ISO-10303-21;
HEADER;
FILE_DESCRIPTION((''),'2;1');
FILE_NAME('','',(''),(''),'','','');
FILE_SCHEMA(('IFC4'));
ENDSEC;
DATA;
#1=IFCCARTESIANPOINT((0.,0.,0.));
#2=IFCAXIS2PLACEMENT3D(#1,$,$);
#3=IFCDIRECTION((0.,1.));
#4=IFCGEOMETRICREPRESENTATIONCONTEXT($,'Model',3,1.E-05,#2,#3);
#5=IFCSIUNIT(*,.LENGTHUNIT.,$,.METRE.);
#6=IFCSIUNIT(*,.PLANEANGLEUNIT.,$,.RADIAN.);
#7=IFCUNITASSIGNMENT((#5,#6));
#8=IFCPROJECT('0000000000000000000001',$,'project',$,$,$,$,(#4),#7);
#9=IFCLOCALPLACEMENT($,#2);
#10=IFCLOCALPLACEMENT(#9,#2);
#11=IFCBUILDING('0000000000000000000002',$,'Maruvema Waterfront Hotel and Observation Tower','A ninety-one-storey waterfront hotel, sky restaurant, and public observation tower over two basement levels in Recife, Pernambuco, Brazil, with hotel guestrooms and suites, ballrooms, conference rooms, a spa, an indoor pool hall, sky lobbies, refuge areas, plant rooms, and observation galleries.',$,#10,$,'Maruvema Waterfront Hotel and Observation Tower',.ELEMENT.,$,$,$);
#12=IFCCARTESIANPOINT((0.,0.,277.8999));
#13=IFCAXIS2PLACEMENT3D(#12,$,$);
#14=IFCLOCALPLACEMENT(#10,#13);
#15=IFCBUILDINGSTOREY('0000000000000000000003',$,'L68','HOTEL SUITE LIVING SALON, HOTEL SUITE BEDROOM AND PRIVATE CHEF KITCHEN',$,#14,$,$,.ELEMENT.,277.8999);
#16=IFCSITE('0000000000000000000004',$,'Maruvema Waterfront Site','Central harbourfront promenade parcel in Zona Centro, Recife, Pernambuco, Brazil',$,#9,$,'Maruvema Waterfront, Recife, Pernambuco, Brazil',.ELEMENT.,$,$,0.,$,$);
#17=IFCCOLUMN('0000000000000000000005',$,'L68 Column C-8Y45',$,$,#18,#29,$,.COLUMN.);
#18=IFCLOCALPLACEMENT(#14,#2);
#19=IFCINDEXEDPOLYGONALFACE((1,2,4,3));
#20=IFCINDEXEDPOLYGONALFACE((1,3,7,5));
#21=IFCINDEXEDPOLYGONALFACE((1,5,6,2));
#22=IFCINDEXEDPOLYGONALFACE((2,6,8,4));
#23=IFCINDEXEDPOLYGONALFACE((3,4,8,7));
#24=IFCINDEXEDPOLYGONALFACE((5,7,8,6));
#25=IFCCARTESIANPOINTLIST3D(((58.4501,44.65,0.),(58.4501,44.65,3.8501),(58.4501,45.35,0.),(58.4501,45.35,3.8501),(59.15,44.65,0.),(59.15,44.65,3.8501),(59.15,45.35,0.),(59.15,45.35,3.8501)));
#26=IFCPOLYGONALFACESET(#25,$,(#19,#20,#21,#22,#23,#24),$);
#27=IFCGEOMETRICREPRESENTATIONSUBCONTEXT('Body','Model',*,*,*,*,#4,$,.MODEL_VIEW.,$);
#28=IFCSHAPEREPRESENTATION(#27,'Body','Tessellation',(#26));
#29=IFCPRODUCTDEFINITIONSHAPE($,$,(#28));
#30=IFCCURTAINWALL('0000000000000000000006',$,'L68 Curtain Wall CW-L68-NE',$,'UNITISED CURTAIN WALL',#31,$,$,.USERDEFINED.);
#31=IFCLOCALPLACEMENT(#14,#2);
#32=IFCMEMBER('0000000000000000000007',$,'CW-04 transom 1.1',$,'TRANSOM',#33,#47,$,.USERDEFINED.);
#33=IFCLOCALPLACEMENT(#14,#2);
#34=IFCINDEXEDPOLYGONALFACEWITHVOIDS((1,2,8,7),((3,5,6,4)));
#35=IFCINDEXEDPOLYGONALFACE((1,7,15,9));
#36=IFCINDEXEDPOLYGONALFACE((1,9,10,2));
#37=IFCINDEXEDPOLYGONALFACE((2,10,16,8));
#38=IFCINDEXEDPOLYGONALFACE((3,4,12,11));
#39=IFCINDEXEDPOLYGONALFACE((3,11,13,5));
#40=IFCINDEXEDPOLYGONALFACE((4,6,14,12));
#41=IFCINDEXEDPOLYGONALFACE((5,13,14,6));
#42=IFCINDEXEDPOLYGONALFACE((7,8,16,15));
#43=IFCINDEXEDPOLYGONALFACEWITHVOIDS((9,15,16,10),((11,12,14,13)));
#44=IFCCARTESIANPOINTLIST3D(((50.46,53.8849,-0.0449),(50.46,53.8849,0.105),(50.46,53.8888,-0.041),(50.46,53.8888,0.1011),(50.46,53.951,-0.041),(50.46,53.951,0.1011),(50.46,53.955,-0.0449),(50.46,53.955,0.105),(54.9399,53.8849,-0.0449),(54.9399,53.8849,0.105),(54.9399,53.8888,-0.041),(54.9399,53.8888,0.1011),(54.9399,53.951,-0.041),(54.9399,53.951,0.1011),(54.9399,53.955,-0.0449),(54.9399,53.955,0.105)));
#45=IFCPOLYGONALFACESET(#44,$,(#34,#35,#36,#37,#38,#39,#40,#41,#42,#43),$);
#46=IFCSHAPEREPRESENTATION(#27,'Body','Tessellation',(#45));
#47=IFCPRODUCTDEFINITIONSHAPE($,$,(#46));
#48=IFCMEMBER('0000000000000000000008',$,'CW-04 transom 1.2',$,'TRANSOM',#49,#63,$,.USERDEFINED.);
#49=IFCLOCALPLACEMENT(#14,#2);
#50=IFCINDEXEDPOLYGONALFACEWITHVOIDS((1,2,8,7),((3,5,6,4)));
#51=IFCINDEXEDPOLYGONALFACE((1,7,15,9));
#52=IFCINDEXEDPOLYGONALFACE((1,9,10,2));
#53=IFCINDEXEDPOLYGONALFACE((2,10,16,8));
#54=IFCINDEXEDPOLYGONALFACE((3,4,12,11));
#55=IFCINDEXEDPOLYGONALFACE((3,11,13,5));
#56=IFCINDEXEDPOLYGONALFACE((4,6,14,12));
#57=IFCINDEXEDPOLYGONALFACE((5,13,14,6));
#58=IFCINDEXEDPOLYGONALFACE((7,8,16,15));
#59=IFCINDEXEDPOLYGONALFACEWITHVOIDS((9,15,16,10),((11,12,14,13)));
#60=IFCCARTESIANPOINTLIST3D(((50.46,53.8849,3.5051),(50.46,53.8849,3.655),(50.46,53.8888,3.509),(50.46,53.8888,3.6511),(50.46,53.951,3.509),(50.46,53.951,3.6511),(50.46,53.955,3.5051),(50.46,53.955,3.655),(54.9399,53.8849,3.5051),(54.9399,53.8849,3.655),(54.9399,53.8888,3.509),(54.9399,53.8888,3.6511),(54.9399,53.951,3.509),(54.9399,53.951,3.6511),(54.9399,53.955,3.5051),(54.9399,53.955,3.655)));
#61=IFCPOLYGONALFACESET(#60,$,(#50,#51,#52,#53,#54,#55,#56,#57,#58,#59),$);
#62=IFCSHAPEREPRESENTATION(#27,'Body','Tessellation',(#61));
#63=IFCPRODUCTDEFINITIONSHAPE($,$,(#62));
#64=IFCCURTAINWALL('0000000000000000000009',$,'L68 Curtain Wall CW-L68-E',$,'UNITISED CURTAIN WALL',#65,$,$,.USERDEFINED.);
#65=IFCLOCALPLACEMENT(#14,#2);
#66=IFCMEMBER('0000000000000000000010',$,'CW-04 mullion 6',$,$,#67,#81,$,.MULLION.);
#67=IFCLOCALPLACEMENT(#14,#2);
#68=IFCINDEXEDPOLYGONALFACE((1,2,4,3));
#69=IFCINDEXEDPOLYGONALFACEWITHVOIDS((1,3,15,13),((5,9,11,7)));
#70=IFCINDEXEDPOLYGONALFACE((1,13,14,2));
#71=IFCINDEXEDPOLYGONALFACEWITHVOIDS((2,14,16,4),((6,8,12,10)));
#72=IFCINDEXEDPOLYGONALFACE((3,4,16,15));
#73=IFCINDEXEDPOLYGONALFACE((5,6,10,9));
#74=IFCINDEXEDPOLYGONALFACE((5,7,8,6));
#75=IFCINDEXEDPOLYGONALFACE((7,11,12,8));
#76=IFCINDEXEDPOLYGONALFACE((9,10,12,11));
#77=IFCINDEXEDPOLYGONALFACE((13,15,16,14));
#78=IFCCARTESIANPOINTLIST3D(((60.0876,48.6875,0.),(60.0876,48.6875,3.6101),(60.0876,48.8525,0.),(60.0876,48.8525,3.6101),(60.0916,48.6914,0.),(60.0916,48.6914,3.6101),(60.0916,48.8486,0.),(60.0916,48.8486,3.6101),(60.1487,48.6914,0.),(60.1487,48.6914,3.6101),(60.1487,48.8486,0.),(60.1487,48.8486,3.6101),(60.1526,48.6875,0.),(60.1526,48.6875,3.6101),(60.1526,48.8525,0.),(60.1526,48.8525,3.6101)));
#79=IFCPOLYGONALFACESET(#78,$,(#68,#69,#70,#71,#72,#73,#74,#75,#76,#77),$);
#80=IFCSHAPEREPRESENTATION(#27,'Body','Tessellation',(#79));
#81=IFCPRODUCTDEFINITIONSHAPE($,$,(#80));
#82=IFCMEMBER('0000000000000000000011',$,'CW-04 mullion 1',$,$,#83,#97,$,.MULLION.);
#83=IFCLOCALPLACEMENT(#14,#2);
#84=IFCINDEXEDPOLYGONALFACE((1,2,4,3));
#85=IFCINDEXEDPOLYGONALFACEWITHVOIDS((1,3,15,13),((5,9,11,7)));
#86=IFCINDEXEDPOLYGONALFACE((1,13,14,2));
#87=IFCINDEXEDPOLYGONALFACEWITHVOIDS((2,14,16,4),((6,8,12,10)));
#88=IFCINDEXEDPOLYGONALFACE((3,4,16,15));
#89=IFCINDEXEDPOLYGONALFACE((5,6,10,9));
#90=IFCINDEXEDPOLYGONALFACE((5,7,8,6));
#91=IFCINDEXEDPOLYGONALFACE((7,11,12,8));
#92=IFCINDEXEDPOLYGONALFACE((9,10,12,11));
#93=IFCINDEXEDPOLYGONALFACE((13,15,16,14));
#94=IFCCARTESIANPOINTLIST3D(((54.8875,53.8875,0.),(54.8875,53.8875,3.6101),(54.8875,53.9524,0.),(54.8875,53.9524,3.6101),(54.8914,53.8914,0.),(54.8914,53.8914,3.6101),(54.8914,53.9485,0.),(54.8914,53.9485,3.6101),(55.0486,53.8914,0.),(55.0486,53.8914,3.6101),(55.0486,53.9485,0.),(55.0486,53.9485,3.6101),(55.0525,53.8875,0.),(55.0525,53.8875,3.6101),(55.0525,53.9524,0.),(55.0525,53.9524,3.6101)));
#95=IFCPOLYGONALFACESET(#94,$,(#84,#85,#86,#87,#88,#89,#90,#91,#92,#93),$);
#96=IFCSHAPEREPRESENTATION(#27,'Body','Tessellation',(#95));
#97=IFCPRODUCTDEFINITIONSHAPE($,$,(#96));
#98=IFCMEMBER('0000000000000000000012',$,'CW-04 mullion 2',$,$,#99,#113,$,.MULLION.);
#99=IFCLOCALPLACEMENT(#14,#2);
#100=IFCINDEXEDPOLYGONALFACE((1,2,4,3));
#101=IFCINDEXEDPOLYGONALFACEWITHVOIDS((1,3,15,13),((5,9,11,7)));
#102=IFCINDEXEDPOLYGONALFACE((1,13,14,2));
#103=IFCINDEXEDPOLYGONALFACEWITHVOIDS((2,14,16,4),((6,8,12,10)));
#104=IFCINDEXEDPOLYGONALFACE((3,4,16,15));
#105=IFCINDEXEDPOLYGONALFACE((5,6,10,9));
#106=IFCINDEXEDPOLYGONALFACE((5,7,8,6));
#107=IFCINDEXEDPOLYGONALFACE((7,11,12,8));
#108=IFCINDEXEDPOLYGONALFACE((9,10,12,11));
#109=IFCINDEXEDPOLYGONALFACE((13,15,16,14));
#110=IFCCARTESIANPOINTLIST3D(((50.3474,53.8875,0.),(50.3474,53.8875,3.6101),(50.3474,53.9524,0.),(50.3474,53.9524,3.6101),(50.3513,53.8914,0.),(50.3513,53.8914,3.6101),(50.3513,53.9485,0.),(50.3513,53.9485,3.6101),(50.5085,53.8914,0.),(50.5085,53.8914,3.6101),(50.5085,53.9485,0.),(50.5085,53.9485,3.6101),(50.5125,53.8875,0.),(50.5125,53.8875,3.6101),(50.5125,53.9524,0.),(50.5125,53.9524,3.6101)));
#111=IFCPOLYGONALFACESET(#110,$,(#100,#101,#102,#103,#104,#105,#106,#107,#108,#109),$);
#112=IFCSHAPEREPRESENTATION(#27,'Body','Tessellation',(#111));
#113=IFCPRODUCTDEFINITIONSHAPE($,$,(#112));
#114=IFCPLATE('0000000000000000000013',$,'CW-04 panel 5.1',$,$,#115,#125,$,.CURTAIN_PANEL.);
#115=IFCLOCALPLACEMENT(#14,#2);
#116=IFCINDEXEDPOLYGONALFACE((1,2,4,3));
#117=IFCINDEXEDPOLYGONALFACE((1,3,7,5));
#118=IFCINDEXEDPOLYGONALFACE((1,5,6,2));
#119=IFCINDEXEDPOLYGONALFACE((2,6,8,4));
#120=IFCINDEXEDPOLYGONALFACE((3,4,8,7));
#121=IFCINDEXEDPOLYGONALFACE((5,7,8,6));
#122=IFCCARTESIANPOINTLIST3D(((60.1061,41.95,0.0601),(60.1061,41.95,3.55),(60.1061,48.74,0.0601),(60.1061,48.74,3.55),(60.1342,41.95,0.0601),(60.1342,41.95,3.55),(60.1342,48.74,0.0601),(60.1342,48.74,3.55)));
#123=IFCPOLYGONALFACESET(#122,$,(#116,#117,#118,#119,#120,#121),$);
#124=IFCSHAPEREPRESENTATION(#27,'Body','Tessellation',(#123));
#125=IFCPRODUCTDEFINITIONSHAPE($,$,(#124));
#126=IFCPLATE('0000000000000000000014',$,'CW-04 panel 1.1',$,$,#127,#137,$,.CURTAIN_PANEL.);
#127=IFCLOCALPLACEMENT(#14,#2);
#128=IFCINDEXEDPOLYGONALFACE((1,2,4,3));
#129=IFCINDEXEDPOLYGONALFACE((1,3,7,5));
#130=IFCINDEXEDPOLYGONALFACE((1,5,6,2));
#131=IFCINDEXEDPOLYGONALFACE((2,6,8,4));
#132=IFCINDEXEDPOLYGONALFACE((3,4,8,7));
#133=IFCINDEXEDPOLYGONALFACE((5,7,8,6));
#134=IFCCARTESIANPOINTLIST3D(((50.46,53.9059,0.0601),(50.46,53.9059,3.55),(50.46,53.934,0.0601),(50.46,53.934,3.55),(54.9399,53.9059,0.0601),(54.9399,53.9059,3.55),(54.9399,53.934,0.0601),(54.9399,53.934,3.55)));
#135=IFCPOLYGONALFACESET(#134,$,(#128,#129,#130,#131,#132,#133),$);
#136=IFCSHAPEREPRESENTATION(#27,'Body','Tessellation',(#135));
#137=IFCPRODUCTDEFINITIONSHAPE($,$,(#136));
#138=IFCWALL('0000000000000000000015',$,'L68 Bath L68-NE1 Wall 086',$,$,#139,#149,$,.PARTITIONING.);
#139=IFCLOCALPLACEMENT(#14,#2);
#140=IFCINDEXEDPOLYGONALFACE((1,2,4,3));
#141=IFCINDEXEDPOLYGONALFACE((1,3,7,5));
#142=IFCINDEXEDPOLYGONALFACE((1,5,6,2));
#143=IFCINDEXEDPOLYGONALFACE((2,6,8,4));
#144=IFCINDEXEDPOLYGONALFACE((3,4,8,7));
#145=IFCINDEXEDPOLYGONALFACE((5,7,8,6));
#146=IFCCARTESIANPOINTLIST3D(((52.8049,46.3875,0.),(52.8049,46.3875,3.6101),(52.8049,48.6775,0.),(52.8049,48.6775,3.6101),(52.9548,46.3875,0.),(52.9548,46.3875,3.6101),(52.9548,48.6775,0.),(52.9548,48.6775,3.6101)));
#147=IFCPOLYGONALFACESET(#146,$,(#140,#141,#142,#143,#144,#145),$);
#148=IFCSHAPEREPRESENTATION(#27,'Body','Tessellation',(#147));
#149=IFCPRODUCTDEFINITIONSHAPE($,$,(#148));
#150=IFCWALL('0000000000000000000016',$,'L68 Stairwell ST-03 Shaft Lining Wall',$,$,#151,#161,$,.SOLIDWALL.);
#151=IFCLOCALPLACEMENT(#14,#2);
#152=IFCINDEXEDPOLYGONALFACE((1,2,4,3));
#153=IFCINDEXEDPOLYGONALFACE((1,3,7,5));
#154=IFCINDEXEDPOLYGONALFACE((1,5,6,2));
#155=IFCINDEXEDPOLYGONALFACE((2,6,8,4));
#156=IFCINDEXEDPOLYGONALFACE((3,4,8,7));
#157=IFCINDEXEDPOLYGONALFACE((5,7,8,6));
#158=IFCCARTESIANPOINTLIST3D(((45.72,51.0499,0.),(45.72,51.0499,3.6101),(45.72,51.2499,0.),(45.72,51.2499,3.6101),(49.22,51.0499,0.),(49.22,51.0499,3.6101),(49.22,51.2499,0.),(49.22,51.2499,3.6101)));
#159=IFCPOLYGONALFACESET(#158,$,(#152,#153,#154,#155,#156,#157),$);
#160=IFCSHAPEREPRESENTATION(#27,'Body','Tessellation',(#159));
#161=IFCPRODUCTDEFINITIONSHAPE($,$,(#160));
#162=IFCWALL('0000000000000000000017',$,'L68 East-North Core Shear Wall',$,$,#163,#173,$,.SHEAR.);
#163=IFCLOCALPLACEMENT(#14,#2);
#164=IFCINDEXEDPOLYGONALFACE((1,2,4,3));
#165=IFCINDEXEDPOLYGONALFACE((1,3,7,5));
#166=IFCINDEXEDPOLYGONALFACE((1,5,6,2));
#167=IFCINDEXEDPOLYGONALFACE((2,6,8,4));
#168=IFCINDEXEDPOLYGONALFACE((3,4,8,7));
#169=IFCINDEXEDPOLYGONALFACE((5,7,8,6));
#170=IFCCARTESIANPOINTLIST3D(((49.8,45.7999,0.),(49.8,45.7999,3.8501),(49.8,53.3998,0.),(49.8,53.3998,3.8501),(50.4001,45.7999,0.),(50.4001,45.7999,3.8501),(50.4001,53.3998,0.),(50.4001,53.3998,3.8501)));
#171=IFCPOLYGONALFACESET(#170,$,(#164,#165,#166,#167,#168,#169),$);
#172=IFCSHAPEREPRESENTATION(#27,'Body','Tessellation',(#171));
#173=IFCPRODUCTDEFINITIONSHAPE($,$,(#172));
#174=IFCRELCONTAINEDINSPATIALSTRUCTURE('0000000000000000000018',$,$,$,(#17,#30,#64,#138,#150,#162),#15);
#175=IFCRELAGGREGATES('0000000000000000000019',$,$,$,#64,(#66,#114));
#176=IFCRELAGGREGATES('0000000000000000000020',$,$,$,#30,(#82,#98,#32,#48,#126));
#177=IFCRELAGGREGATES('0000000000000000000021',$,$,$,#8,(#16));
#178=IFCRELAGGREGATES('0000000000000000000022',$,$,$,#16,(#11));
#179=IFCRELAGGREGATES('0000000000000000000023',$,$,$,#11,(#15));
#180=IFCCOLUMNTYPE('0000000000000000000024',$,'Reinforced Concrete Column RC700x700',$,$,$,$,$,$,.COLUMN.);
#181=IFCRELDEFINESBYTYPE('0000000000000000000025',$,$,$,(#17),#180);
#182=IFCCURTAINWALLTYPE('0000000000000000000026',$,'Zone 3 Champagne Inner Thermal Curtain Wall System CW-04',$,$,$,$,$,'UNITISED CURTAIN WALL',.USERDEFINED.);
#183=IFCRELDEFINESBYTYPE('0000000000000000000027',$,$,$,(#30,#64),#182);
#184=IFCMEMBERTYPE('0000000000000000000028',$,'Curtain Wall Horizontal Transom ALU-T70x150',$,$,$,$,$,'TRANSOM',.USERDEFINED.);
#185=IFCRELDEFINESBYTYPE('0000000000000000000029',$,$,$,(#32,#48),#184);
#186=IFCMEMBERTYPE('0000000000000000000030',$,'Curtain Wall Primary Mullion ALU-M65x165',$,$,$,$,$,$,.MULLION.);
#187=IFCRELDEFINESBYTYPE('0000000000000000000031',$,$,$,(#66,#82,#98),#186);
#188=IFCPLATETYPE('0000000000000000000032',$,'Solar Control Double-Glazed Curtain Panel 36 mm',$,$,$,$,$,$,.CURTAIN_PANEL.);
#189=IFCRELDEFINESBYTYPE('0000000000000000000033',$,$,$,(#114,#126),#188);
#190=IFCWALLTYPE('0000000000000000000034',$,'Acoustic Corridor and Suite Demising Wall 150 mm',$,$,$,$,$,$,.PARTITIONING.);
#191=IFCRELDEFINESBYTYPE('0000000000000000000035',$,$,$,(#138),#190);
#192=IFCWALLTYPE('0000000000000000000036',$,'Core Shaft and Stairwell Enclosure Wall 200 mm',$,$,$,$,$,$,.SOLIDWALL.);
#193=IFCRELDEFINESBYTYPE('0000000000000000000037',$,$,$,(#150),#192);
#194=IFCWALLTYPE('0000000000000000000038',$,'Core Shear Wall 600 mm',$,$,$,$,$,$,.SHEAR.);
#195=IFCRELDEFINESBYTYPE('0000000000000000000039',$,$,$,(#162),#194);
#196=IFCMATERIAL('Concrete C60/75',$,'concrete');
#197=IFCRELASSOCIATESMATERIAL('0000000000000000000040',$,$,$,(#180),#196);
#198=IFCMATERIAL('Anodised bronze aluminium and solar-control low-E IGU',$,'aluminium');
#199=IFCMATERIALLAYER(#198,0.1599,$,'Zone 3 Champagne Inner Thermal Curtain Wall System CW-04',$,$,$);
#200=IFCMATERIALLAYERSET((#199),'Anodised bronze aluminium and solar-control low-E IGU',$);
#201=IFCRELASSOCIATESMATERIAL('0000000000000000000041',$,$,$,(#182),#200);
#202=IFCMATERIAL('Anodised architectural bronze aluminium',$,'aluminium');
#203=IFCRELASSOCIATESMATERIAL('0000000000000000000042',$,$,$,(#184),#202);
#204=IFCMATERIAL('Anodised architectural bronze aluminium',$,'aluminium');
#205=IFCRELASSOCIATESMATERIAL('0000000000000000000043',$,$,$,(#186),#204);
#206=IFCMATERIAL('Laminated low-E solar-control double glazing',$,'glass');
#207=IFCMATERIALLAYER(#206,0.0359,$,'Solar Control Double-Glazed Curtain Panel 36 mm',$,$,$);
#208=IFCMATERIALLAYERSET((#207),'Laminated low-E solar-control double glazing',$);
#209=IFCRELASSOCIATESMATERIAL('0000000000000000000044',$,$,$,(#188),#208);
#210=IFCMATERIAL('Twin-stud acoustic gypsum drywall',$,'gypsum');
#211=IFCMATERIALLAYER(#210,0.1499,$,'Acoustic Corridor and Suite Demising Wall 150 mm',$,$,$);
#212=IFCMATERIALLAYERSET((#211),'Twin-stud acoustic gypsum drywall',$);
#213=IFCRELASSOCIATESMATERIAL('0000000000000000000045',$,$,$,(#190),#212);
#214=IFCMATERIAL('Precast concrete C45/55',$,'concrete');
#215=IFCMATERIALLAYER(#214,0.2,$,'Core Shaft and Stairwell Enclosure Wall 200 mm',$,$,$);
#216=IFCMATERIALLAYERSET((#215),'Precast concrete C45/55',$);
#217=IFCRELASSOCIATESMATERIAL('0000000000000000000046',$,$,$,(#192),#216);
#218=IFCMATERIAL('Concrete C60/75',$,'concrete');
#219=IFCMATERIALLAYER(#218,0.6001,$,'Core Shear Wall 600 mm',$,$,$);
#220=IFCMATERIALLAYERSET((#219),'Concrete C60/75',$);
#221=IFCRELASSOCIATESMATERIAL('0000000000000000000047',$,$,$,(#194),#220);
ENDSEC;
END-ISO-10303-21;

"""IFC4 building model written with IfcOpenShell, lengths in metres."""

from ifc_helpers import new_model, si_unit, direction, frame, frame_2d, origin, origin_2d, place, context, subcontext, project, spatial, rectangle, hollow_rectangle, extrude, material, layer, layer_set, material_profile, profile_set, type_object, element, aggregate, save


model = new_model("IFC4")

# Units and contexts
model_context = context("Model", 3, precision=1e-05, world=origin(), true_north=direction((0.0, 1.0)))
body_context = subcontext(model_context, "Body", "Model", "MODEL_VIEW")
ifc_project = project(units=[si_unit("LENGTHUNIT", "METRE"), si_unit("PLANEANGLEUNIT", "RADIAN")], contexts=[model_context])

# Site, building, storey
site_placement = place(None, origin())
site = spatial("IfcSite", under=ifc_project, at=site_placement, Name="Maruvema Waterfront Site", Description="Central harbourfront promenade parcel in Zona Centro, Recife, Pernambuco, Brazil", LongName="Maruvema Waterfront, Recife, Pernambuco, Brazil", CompositionType="ELEMENT", RefElevation=0.0)
building_placement = place(site_placement, origin())
building = spatial("IfcBuilding", under=site, at=building_placement, Name="Maruvema Waterfront Hotel and Observation Tower", Description="A ninety-one-storey waterfront hotel, sky restaurant, and public observation tower over two basement levels in Recife, Pernambuco, Brazil, with hotel guestrooms and suites, ballrooms, conference rooms, a spa, an indoor pool hall, sky lobbies, refuge areas, plant rooms, and observation galleries.", LongName="Maruvema Waterfront Hotel and Observation Tower", CompositionType="ELEMENT")
storey_placement = place(building_placement, frame((0.0, 0.0, 277.8999)))
storey = spatial("IfcBuildingStorey", under=building, at=storey_placement, Name="L68", Description="HOTEL SUITE LIVING SALON, HOTEL SUITE BEDROOM AND PRIVATE CHEF KITCHEN", CompositionType="ELEMENT", Elevation=277.8999)

# Column
ifc_material_1 = material(Name="Concrete C60/75", Category="concrete")
ifc_material_profile_1 = material_profile(ifc_material_1, rectangle(XDim=0.7, YDim=0.7, at=origin_2d()), Name="RC700x700")
ifc_profile_set_1 = profile_set([ifc_material_profile_1], Name="Concrete C60/75")
column_type = type_object("IfcColumnType", Name="Reinforced Concrete Column RC700x700", PredefinedType="COLUMN", material=ifc_profile_set_1)
column_placement = place(storey_placement, frame((58.8, 45.0, 0.0), z_axis=(0.0, 0.0, 1.0), x_axis=(1.0, 0.0, 0.0)))
element("IfcColumn", 1, at=column_placement, inside=storey, type_object=column_type, Name="L68 Column C-8Y45", PredefinedType="COLUMN", context=body_context, shape_type="SweptSolid", body=[
    extrude(rectangle(XDim=0.7, YDim=0.7, at=origin_2d()), origin(), (0.0, 0.0, 1.0), 3.8501),
])

# Curtain wall, members
ifc_material_2 = material(Name="Anodised bronze aluminium and solar-control low-E IGU", Category="aluminium")
ifc_layer_1 = layer(ifc_material_2, 0.1599, Name="Zone 3 Champagne Inner Thermal Curtain Wall System CW-04")
ifc_layer_set_1 = layer_set([ifc_layer_1], Name="Anodised bronze aluminium and solar-control low-E IGU")
curtain_wall_type = type_object("IfcCurtainWallType", Name="Zone 3 Champagne Inner Thermal Curtain Wall System CW-04", ElementType="UNITISED CURTAIN WALL", PredefinedType="USERDEFINED", material=ifc_layer_set_1)
curtain_wall_1_placement = place(storey_placement, origin())
curtain_wall_1 = element("IfcCurtainWall", 2, at=curtain_wall_1_placement, inside=storey, type_object=curtain_wall_type, Name="L68 Curtain Wall CW-L68-NE", ObjectType="UNITISED CURTAIN WALL", PredefinedType="USERDEFINED")
ifc_material_3 = material(Name="Anodised architectural bronze aluminium", Category="aluminium")
ifc_material_profile_2 = material_profile(ifc_material_3, hollow_rectangle(XDim=0.0701, YDim=0.1499, WallThickness=0.0039, at=origin_2d()), Name="ALU-T70x150")
ifc_profile_set_2 = profile_set([ifc_material_profile_2], Name="Anodised architectural bronze aluminium")
member_type_1 = type_object("IfcMemberType", Name="Curtain Wall Horizontal Transom ALU-T70x150", ElementType="TRANSOM", PredefinedType="USERDEFINED", material=ifc_profile_set_2)
member_1_placement = place(storey_placement, frame((54.9399, 53.9199, 0.03), z_axis=(-1.0, 0.0, 0.0), x_axis=(0.0, -1.0, 0.0)))
member_1 = element("IfcMember", 3, at=member_1_placement, type_object=member_type_1, Name="CW-04 transom 1.1", ObjectType="TRANSOM", PredefinedType="USERDEFINED", context=body_context, shape_type="SweptSolid", body=[
    extrude(hollow_rectangle(XDim=0.0701, YDim=0.1499, WallThickness=0.0039, at=origin_2d()), origin(), (0.0, 0.0, 1.0), 4.48),
])
member_2_placement = place(storey_placement, frame((54.9399, 53.9199, 3.5801), z_axis=(-1.0, 0.0, 0.0), x_axis=(0.0, -1.0, 0.0)))
member_2 = element("IfcMember", 4, at=member_2_placement, type_object=member_type_1, Name="CW-04 transom 1.2", ObjectType="TRANSOM", PredefinedType="USERDEFINED", context=body_context, shape_type="SweptSolid", body=[
    extrude(hollow_rectangle(XDim=0.0701, YDim=0.1499, WallThickness=0.0039, at=origin_2d()), origin(), (0.0, 0.0, 1.0), 4.48),
])

# Curtain wall, member
curtain_wall_2_placement = place(storey_placement, origin())
curtain_wall_2 = element("IfcCurtainWall", 5, at=curtain_wall_2_placement, inside=storey, type_object=curtain_wall_type, Name="L68 Curtain Wall CW-L68-E", ObjectType="UNITISED CURTAIN WALL", PredefinedType="USERDEFINED")
ifc_material_4 = material(Name="Anodised architectural bronze aluminium", Category="aluminium")
ifc_material_profile_3 = material_profile(ifc_material_4, hollow_rectangle(XDim=0.0649, YDim=0.165, WallThickness=0.0039, at=origin_2d()), Name="ALU-M65x165")
ifc_profile_set_3 = profile_set([ifc_material_profile_3], Name="Anodised architectural bronze aluminium")
member_type_2 = type_object("IfcMemberType", Name="Curtain Wall Primary Mullion ALU-M65x165", PredefinedType="MULLION", material=ifc_profile_set_3)
member_3_placement = place(storey_placement, frame((60.1201, 48.77, 0.0), z_axis=(0.0, 0.0, 1.0), x_axis=(-1.0, 0.0, 0.0)))
member_3 = element("IfcMember", 6, at=member_3_placement, type_object=member_type_2, Name="CW-04 mullion 6", PredefinedType="MULLION", context=body_context, shape_type="SweptSolid", body=[
    extrude(hollow_rectangle(XDim=0.0649, YDim=0.165, WallThickness=0.0039, at=origin_2d()), origin(), (0.0, 0.0, 1.0), 3.6101),
])

# Members
member_4_placement = place(storey_placement, frame((54.97, 53.9199, 0.0), z_axis=(0.0, 0.0, 1.0), x_axis=(0.0, -1.0, 0.0)))
member_4 = element("IfcMember", 7, at=member_4_placement, type_object=member_type_2, Name="CW-04 mullion 1", PredefinedType="MULLION", context=body_context, shape_type="SweptSolid", body=[
    extrude(hollow_rectangle(XDim=0.0649, YDim=0.165, WallThickness=0.0039, at=origin_2d()), origin(), (0.0, 0.0, 1.0), 3.6101),
])
member_5_placement = place(storey_placement, frame((50.4299, 53.9199, 0.0), z_axis=(0.0, 0.0, 1.0), x_axis=(0.0, -1.0, 0.0)))
member_5 = element("IfcMember", 8, at=member_5_placement, type_object=member_type_2, Name="CW-04 mullion 2", PredefinedType="MULLION", context=body_context, shape_type="SweptSolid", body=[
    extrude(hollow_rectangle(XDim=0.0649, YDim=0.165, WallThickness=0.0039, at=origin_2d()), origin(), (0.0, 0.0, 1.0), 3.6101),
])

# Plates
ifc_material_5 = material(Name="Laminated low-E solar-control double glazing", Category="glass")
ifc_layer_2 = layer(ifc_material_5, 0.0359, Name="Solar Control Double-Glazed Curtain Panel 36 mm")
ifc_layer_set_2 = layer_set([ifc_layer_2], Name="Laminated low-E solar-control double glazing")
plate_type = type_object("IfcPlateType", Name="Solar Control Double-Glazed Curtain Panel 36 mm", PredefinedType="CURTAIN_PANEL", material=ifc_layer_set_2)
plate_1_placement = place(storey_placement, frame((60.1201, 45.345, 0.0601), z_axis=(0.0, 0.0, 1.0), x_axis=(0.0, 1.0, 0.0)))
plate_1 = element("IfcPlate", 9, at=plate_1_placement, type_object=plate_type, Name="CW-04 panel 5.1", PredefinedType="CURTAIN_PANEL", context=body_context, shape_type="SweptSolid", body=[
    extrude(rectangle(XDim=6.79, YDim=0.0281, at=origin_2d()), origin(), (0.0, 0.0, 1.0), 3.49),
])
aggregate(curtain_wall_2, [member_3, plate_1])
plate_2_placement = place(storey_placement, frame((52.7, 53.9199, 0.0601), z_axis=(0.0, 0.0, 1.0), x_axis=(-1.0, 0.0, 0.0)))
plate_2 = element("IfcPlate", 10, at=plate_2_placement, type_object=plate_type, Name="CW-04 panel 1.1", PredefinedType="CURTAIN_PANEL", context=body_context, shape_type="SweptSolid", body=[
    extrude(rectangle(XDim=4.48, YDim=0.0281, at=origin_2d()), origin(), (0.0, 0.0, 1.0), 3.49),
])
aggregate(curtain_wall_1, [member_4, member_5, member_1, member_2, plate_2])

# Walls
ifc_material_6 = material(Name="Twin-stud acoustic gypsum drywall", Category="gypsum")
ifc_layer_3 = layer(ifc_material_6, 0.1499, Name="Acoustic Corridor and Suite Demising Wall 150 mm")
ifc_layer_set_3 = layer_set([ifc_layer_3], Name="Twin-stud acoustic gypsum drywall")
wall_type_1 = type_object("IfcWallType", Name="Acoustic Corridor and Suite Demising Wall 150 mm", PredefinedType="PARTITIONING", material=ifc_layer_set_3)
wall_1_placement = place(storey_placement, frame((52.8799, 46.3875, 0.0), z_axis=(0.0, 0.0, 1.0), x_axis=(0.0, 1.0, 0.0)))
element("IfcWall", 11, at=wall_1_placement, inside=storey, type_object=wall_type_1, Name="L68 Bath L68-NE1 Wall 086", PredefinedType="PARTITIONING", context=body_context, shape_type="SweptSolid", body=[
    extrude(rectangle(XDim=2.29, YDim=0.1499, at=frame_2d((1.145, 0.0))), origin(), (0.0, 0.0, 1.0), 3.6101),
])
ifc_material_7 = material(Name="Precast concrete C45/55", Category="concrete")
ifc_layer_4 = layer(ifc_material_7, 0.2, Name="Core Shaft and Stairwell Enclosure Wall 200 mm")
ifc_layer_set_4 = layer_set([ifc_layer_4], Name="Precast concrete C45/55")
wall_type_2 = type_object("IfcWallType", Name="Core Shaft and Stairwell Enclosure Wall 200 mm", PredefinedType="SOLIDWALL", material=ifc_layer_set_4)
wall_2_placement = place(storey_placement, frame((45.72, 51.1499, 0.0), z_axis=(0.0, 0.0, 1.0), x_axis=(1.0, 0.0, 0.0)))
element("IfcWall", 12, at=wall_2_placement, inside=storey, type_object=wall_type_2, Name="L68 Stairwell ST-03 Shaft Lining Wall", PredefinedType="SOLIDWALL", context=body_context, shape_type="SweptSolid", body=[
    extrude(rectangle(XDim=3.5, YDim=0.2, at=frame_2d((1.75, 0.0))), origin(), (0.0, 0.0, 1.0), 3.6101),
])
ifc_material_8 = material(Name="Concrete C60/75", Category="concrete")
ifc_layer_5 = layer(ifc_material_8, 0.6001, Name="Core Shear Wall 600 mm")
ifc_layer_set_5 = layer_set([ifc_layer_5], Name="Concrete C60/75")
wall_type_3 = type_object("IfcWallType", Name="Core Shear Wall 600 mm", PredefinedType="SHEAR", material=ifc_layer_set_5)
wall_3_placement = place(storey_placement, frame((50.1001, 45.8, 0.0), z_axis=(0.0, 0.0, 1.0), x_axis=(0.0, 1.0, 0.0)))
element("IfcWall", 13, at=wall_3_placement, inside=storey, type_object=wall_type_3, Name="L68 East-North Core Shear Wall", PredefinedType="SHEAR", context=body_context, shape_type="SweptSolid", body=[
    extrude(rectangle(XDim=7.5999, YDim=0.6001, at=frame_2d((3.7998, 0.0))), origin(), (0.0, 0.0, 1.0), 3.8501),
])

save(model, "model.ifc")
